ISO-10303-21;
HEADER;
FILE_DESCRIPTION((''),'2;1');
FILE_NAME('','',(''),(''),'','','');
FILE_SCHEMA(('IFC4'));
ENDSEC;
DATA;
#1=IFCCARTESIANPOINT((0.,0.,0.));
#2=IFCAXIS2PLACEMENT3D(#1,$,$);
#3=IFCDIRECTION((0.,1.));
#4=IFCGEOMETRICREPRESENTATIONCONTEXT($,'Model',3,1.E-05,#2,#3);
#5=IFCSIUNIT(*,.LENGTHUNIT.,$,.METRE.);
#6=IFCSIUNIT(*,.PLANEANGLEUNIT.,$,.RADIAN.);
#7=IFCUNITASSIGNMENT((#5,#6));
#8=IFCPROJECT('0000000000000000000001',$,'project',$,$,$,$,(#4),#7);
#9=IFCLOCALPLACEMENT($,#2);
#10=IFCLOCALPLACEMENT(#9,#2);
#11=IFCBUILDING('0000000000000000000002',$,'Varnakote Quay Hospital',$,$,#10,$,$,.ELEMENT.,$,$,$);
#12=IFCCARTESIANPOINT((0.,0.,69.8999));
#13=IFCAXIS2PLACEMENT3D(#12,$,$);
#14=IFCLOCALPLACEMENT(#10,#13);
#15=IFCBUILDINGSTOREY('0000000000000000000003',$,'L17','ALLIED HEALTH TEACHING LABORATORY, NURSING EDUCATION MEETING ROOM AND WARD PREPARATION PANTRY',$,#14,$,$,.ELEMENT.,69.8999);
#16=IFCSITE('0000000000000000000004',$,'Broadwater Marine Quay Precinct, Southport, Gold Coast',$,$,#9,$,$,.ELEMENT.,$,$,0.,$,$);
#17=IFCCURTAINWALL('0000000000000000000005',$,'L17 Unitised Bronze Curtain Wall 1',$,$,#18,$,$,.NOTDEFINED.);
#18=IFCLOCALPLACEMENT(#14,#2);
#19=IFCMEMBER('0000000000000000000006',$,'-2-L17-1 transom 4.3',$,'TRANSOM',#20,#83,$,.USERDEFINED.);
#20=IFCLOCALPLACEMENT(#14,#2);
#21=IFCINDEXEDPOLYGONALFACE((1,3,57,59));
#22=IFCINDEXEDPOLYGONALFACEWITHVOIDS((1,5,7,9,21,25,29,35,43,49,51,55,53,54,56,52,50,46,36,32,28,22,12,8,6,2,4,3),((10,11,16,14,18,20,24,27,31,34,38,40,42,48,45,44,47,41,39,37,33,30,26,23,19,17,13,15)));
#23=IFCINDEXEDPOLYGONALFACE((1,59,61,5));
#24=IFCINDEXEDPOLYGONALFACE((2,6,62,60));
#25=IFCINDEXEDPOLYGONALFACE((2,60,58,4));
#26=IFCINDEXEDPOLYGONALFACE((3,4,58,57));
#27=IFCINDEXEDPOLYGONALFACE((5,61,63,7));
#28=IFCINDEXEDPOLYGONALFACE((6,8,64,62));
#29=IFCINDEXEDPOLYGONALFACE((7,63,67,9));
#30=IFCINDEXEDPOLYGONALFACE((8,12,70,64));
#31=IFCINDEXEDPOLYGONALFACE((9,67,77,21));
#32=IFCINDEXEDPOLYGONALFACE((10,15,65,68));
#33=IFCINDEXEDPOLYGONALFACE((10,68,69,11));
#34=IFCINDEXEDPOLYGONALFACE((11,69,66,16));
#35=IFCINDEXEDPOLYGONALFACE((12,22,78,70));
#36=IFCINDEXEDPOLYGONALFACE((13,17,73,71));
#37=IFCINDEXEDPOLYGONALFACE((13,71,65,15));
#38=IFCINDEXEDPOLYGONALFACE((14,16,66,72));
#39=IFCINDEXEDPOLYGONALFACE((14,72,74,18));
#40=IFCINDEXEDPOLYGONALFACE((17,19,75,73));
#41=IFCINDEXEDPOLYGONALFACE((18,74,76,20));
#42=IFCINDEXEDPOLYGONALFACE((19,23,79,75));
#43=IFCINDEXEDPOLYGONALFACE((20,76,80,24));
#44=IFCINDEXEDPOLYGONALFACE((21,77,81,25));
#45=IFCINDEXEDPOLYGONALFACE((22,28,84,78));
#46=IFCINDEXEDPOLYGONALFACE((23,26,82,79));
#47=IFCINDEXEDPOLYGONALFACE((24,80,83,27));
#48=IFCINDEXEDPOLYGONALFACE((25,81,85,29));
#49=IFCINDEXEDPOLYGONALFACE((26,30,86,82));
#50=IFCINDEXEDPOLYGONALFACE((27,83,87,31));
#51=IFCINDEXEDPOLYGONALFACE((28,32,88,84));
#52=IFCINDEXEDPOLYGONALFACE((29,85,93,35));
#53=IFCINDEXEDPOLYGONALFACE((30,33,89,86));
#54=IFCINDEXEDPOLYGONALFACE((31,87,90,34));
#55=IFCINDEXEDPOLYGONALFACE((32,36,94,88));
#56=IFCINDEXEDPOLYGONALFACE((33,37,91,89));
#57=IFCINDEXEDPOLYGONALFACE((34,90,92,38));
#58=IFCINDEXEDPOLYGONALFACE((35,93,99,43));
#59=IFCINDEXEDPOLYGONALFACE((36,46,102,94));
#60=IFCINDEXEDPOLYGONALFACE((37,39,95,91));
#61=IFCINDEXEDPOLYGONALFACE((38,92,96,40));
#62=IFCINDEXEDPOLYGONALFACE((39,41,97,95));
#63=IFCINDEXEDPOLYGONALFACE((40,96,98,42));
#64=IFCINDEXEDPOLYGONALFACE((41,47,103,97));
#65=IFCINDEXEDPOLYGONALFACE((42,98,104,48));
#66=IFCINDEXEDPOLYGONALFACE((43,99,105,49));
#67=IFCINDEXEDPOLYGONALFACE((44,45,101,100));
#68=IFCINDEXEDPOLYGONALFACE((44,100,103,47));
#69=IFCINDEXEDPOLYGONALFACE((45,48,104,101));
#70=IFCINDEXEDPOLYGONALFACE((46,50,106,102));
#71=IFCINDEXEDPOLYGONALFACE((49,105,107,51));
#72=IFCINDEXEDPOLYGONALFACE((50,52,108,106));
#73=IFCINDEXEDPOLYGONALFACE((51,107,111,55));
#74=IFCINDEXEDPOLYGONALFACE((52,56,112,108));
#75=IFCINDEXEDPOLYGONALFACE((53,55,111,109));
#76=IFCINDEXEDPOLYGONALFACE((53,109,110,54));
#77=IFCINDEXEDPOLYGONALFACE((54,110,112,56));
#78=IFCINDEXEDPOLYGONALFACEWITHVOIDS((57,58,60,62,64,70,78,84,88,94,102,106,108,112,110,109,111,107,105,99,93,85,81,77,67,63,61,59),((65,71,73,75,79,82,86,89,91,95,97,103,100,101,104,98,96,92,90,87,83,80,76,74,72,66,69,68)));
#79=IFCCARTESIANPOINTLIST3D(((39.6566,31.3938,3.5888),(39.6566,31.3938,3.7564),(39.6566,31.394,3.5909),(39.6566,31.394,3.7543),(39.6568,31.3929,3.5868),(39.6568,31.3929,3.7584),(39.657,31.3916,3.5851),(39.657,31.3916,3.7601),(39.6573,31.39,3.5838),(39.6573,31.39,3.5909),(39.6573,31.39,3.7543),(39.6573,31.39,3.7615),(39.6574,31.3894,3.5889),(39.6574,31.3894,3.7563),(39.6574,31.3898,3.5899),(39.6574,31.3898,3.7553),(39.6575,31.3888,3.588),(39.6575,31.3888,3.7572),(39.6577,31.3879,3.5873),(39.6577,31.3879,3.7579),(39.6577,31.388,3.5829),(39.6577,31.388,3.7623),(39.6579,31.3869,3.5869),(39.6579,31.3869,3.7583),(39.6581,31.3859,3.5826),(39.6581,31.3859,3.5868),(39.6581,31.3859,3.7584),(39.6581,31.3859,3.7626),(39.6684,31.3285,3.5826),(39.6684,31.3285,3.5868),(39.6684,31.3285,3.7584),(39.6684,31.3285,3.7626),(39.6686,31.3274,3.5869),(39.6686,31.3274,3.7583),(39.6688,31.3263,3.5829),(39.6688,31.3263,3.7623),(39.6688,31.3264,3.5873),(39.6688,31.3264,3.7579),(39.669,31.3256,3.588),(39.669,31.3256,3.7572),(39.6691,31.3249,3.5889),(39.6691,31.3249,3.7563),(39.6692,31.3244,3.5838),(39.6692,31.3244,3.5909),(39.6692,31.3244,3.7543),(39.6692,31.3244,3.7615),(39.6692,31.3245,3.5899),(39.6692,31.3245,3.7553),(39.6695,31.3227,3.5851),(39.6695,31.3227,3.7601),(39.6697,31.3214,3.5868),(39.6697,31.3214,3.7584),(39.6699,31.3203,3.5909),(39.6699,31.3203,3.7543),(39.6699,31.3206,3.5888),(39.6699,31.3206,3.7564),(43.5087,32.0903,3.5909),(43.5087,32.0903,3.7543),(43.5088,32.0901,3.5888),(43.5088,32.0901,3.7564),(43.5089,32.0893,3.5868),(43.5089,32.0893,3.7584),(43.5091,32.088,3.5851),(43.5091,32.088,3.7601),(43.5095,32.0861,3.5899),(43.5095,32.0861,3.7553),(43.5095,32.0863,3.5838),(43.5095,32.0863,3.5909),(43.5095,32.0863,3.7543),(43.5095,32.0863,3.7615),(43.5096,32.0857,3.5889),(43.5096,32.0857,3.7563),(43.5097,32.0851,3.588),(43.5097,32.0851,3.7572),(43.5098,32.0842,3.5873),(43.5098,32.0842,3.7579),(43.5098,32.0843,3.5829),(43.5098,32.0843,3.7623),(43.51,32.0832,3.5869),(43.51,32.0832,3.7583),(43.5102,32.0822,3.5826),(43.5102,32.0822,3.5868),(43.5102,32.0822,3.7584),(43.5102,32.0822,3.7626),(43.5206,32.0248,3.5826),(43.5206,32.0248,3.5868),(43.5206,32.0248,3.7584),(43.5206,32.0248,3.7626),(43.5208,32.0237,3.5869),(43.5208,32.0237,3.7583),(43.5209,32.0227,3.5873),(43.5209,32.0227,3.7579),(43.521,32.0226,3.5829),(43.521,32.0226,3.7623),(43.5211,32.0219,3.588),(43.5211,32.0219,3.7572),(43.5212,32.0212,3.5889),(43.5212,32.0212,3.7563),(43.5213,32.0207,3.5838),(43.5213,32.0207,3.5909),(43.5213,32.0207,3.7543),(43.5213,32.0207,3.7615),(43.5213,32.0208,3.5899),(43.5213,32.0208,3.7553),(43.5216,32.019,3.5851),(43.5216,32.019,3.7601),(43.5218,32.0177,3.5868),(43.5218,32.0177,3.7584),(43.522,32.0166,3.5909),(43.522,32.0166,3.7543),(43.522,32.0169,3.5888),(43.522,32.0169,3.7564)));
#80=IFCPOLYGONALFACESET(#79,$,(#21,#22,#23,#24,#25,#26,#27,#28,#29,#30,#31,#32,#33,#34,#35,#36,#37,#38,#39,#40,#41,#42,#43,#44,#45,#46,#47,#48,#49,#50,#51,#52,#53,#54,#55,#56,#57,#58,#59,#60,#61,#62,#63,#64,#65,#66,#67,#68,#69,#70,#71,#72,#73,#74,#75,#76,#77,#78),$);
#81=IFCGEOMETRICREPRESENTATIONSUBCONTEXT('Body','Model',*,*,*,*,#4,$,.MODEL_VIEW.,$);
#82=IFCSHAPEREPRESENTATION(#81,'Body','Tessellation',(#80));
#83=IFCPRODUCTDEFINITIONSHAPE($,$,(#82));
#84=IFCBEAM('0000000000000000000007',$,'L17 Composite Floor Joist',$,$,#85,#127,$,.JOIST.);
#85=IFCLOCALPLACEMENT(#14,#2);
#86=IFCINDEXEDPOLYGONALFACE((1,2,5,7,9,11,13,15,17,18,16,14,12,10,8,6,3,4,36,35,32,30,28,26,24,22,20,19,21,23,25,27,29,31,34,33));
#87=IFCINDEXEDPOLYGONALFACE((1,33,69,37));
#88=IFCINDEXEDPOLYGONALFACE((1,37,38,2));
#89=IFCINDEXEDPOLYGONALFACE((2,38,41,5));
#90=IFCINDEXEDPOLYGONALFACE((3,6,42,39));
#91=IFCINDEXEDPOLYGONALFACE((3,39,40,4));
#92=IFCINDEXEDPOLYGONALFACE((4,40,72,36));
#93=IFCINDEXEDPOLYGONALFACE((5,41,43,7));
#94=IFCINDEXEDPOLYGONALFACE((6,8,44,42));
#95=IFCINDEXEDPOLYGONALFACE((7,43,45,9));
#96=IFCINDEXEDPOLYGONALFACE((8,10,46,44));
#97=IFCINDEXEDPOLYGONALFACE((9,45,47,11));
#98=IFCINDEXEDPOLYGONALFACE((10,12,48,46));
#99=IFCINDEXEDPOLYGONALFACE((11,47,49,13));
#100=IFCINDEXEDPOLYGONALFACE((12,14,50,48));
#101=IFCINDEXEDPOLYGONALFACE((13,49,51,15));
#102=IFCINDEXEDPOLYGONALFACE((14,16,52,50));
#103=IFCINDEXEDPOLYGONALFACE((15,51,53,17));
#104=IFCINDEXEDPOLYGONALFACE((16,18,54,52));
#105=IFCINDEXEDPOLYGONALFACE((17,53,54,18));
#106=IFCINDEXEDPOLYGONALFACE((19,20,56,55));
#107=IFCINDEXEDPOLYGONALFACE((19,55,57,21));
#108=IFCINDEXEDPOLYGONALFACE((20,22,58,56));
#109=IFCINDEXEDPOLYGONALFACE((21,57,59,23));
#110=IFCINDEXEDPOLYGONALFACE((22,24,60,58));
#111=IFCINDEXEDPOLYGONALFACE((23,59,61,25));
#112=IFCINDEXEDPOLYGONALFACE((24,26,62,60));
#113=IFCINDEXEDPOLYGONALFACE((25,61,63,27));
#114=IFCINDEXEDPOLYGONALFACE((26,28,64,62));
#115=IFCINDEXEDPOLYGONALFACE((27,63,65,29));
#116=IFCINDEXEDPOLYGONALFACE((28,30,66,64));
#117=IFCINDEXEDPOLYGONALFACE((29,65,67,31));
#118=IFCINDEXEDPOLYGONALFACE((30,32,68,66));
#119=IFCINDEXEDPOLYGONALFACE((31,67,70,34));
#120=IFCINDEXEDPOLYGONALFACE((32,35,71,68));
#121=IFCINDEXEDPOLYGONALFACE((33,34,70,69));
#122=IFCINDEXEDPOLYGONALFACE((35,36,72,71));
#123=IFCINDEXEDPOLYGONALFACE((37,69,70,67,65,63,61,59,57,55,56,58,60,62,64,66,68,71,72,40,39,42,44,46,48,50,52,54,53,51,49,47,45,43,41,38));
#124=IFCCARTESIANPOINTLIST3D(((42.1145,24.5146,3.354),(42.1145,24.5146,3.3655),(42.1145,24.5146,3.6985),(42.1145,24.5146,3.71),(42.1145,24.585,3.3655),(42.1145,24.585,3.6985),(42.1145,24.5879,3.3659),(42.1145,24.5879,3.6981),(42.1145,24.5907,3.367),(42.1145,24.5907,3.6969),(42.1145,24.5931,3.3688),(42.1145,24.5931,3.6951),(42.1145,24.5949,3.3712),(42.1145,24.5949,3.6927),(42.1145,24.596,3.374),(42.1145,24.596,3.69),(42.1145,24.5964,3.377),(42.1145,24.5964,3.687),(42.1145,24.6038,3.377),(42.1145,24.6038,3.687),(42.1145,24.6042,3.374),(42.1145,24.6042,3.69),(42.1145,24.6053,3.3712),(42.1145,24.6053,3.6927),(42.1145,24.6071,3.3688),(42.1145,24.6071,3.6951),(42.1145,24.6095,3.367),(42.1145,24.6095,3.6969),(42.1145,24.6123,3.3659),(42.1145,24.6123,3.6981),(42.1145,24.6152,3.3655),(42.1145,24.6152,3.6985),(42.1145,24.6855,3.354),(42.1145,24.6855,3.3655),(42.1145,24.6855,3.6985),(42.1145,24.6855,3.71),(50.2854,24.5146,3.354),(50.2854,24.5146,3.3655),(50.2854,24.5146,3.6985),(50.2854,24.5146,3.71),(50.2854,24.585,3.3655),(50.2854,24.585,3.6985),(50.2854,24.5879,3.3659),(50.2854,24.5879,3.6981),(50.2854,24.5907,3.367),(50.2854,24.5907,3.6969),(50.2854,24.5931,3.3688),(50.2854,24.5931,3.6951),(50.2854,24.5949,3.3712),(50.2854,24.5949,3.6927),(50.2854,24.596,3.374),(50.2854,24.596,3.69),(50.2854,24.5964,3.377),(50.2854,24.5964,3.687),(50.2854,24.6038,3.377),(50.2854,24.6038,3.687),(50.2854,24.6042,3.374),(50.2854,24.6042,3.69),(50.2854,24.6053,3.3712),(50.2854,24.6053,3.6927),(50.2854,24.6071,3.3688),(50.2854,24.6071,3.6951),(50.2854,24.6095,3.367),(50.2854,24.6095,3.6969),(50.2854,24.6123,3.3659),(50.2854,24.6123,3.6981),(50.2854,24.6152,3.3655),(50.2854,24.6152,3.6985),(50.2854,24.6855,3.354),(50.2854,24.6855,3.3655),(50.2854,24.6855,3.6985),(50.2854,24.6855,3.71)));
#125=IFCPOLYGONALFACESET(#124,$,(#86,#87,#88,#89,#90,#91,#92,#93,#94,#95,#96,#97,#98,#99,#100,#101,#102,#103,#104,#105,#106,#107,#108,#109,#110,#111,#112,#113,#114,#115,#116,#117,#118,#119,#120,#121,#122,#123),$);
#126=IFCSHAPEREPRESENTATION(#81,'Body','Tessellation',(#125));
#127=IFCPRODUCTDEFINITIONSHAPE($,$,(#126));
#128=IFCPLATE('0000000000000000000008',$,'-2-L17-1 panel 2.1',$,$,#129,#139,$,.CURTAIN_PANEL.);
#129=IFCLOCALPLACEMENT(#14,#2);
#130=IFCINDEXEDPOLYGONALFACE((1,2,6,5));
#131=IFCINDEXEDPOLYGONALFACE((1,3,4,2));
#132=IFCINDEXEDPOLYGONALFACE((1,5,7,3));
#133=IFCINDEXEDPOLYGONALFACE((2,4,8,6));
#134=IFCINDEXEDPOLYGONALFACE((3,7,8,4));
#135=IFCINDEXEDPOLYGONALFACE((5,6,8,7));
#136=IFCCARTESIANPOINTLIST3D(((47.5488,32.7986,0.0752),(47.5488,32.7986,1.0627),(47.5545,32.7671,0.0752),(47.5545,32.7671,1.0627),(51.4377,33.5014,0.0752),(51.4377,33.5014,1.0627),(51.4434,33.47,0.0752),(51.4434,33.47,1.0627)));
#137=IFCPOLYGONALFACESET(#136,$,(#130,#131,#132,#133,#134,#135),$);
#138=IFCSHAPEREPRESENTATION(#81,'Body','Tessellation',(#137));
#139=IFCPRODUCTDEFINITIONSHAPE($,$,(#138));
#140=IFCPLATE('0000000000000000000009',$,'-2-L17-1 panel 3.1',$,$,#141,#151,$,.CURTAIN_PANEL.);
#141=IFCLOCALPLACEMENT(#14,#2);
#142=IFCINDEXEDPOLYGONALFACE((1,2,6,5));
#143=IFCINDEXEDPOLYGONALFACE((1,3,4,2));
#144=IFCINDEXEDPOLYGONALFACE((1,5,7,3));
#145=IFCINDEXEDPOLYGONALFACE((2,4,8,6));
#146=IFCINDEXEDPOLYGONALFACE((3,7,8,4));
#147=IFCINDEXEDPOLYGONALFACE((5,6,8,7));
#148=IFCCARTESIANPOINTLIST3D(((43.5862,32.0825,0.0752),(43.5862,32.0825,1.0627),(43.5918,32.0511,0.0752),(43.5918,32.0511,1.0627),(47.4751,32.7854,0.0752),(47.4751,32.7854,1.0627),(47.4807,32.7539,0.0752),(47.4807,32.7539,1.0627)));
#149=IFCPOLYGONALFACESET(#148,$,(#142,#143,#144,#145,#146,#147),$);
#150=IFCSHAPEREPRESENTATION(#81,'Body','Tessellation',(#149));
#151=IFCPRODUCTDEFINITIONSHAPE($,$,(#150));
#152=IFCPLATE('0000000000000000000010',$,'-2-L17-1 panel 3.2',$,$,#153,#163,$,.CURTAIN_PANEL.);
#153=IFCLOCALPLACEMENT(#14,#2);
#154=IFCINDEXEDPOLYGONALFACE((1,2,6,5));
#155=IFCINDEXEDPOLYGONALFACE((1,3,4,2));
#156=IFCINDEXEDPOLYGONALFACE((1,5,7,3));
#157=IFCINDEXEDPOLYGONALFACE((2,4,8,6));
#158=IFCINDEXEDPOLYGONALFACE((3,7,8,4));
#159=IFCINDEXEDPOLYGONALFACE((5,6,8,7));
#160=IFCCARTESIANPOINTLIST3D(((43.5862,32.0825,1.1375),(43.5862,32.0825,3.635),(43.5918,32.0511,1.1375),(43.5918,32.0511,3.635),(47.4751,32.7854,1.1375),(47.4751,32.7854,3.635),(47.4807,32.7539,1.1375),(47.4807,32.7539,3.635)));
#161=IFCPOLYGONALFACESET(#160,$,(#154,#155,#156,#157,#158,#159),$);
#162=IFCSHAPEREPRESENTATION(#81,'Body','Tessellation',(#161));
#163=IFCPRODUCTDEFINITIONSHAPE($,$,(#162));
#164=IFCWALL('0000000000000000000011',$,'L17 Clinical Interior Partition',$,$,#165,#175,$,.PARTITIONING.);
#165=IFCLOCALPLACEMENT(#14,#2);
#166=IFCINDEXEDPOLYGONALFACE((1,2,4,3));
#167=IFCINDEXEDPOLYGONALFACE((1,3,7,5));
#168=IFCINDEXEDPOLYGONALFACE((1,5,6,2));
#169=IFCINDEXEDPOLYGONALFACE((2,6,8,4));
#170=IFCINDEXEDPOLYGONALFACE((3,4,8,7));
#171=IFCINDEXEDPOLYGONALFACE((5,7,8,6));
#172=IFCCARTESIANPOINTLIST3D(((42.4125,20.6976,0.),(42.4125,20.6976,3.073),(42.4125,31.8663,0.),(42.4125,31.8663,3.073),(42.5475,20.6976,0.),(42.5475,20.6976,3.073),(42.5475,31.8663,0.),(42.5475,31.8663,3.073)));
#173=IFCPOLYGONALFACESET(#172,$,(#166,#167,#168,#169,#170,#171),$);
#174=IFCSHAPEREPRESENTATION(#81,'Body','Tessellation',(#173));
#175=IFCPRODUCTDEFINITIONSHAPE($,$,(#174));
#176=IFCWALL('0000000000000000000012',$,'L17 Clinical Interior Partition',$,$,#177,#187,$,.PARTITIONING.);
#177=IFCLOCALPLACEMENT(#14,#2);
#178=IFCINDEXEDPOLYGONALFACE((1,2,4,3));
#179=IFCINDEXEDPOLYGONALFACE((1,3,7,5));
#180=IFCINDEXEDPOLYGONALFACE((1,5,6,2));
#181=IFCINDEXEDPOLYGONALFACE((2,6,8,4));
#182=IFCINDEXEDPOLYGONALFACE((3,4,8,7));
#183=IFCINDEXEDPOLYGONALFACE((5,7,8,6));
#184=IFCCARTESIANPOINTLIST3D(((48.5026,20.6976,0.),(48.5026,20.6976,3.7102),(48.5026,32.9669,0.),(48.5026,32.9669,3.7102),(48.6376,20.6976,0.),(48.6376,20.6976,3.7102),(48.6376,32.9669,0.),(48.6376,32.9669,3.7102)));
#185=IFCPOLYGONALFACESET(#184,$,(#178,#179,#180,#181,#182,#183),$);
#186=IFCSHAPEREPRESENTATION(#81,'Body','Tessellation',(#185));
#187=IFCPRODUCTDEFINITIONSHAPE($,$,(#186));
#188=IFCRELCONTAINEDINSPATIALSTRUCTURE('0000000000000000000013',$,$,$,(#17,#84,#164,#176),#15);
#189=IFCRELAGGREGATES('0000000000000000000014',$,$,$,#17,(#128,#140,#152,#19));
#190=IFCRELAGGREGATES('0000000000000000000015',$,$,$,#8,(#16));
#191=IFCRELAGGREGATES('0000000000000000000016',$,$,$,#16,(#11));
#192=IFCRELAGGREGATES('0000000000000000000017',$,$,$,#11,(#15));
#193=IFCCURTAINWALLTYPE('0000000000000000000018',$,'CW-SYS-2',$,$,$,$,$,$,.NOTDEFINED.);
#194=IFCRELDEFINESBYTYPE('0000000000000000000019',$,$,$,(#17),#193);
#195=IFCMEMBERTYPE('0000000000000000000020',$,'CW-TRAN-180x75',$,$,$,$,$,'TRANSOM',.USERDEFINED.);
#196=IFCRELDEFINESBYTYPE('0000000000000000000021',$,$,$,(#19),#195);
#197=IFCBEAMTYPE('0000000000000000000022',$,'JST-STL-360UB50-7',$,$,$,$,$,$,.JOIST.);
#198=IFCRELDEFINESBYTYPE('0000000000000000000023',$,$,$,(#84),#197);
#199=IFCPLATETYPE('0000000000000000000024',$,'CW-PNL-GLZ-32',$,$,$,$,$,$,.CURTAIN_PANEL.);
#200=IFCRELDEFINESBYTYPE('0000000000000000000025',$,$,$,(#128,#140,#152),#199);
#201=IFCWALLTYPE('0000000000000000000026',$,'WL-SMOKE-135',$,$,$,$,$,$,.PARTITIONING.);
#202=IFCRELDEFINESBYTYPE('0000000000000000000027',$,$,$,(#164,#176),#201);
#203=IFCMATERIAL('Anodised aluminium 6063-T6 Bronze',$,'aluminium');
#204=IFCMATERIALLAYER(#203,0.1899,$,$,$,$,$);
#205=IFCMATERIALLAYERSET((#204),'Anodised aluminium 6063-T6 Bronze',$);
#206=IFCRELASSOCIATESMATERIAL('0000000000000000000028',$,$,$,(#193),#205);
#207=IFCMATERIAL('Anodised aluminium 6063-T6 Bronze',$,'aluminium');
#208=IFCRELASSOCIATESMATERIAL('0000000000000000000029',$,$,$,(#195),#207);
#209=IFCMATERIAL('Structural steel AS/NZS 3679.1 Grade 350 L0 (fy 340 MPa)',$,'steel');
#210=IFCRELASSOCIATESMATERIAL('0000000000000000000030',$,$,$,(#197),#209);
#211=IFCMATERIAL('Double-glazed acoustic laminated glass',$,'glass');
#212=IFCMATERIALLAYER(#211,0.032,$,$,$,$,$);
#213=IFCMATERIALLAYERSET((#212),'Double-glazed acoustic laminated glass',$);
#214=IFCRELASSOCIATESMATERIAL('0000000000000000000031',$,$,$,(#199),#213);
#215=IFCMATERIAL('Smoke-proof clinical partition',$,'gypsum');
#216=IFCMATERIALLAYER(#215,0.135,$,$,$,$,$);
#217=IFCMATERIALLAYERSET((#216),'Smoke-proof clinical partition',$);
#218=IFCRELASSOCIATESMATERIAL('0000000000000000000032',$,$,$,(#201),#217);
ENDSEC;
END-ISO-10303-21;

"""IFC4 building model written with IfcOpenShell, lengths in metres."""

from ifc_helpers import new_model, si_unit, direction, frame, frame_2d, origin, origin_2d, place, context, subcontext, project, spatial, rectangle, hollow_rectangle, i_section, extrude, material, layer, layer_set, material_profile, profile_set, type_object, element, aggregate, save


model = new_model("IFC4")

# Units and contexts
model_context = context("Model", 3, precision=1e-05, world=origin(), true_north=direction((0.0, 1.0)))
body_context = subcontext(model_context, "Body", "Model", "MODEL_VIEW")
ifc_project = project(units=[si_unit("LENGTHUNIT", "METRE"), si_unit("PLANEANGLEUNIT", "RADIAN")], contexts=[model_context])

# Site, building, storey
site_placement = place(None, origin())
site = spatial("IfcSite", under=ifc_project, at=site_placement, Name="Broadwater Marine Quay Precinct, Southport, Gold Coast", CompositionType="ELEMENT", RefElevation=0.0)
building_placement = place(site_placement, origin())
building = spatial("IfcBuilding", under=site, at=building_placement, Name="Varnakote Quay Hospital", CompositionType="ELEMENT")
storey_placement = place(building_placement, frame((0.0, 0.0, 69.8999)))
storey = spatial("IfcBuildingStorey", under=building, at=storey_placement, Name="L17", Description="ALLIED HEALTH TEACHING LABORATORY, NURSING EDUCATION MEETING ROOM AND WARD PREPARATION PANTRY", CompositionType="ELEMENT", Elevation=69.8999)

# Curtain wall, member
ifc_material_1 = material(Name="Anodised aluminium 6063-T6 Bronze", Category="aluminium")
ifc_layer_1 = layer(ifc_material_1, 0.1899)
ifc_layer_set_1 = layer_set([ifc_layer_1], Name="Anodised aluminium 6063-T6 Bronze")
curtain_wall_type = type_object("IfcCurtainWallType", Name="CW-SYS-2", PredefinedType="NOTDEFINED", material=ifc_layer_set_1)
curtain_wall_placement = place(storey_placement, origin())
curtain_wall = element("IfcCurtainWall", 1, at=curtain_wall_placement, inside=storey, type_object=curtain_wall_type, Name="L17 Unitised Bronze Curtain Wall 1", PredefinedType="NOTDEFINED")
ifc_material_2 = material(Name="Anodised aluminium 6063-T6 Bronze", Category="aluminium")
ifc_material_profile_1 = material_profile(ifc_material_2, hollow_rectangle(XDim=0.075, YDim=0.1799, WallThickness=0.0042, InnerFilletRadius=0.0042, OuterFilletRadius=0.0083, at=origin_2d()), Name="CW-TRAN-180x75")
ifc_profile_set_1 = profile_set([ifc_material_profile_1], Name="Anodised aluminium 6063-T6 Bronze")
member_type_1 = type_object("IfcMemberType", Name="CW-TRAN-180x75", ElementType="TRANSOM", PredefinedType="USERDEFINED", material=ifc_profile_set_1)
member_1_placement = place(storey_placement, frame((43.5154, 32.0535, 3.6726), z_axis=(-0.984053, -0.177875, 0.0), x_axis=(0.177875, -0.984053, 0.0)))
member_1 = element("IfcMember", 2, at=member_1_placement, type_object=member_type_1, Name="-2-L17-1 transom 4.3", ObjectType="TRANSOM", PredefinedType="USERDEFINED", context=body_context, shape_type="SweptSolid", body=[
    extrude(hollow_rectangle(XDim=0.075, YDim=0.1799, WallThickness=0.0042, InnerFilletRadius=0.0042, OuterFilletRadius=0.0083, at=origin_2d()), origin(), (0.0, 0.0, 1.0), 3.9146),
])

# Beam
ifc_material_3 = material(Name="Structural steel AS/NZS 3679.1 Grade 350 L0 (fy 340 MPa)", Category="steel")
ifc_material_profile_2 = material_profile(ifc_material_3, i_section(OverallWidth=0.1709, OverallDepth=0.356, WebThickness=0.0073, FlangeThickness=0.0115, FilletRadius=0.0115, at=origin_2d()), Name="360UB50.7")
ifc_profile_set_2 = profile_set([ifc_material_profile_2], Name="Structural steel AS/NZS 3679.1 Grade 350 L0 (fy 340 MPa)")
beam_type_1 = type_object("IfcBeamType", Name="JST-STL-360UB50-7", PredefinedType="JOIST", material=ifc_profile_set_2)
beam_1_placement = place(storey_placement, frame((42.1145, 24.6001, 3.532), z_axis=(1.0, 0.0, 0.0), x_axis=(0.0, 1.0, 0.0)))
element("IfcBeam", 3, at=beam_1_placement, inside=storey, type_object=beam_type_1, Name="L17 Composite Floor Joist", PredefinedType="JOIST", context=body_context, shape_type="SweptSolid", body=[
    extrude(i_section(OverallWidth=0.1709, OverallDepth=0.356, WebThickness=0.0073, FlangeThickness=0.0115, FilletRadius=0.0115, at=origin_2d()), origin(), (0.0, 0.0, 1.0), 8.1709),
])

# Plates
ifc_material_4 = material(Name="Double-glazed acoustic laminated glass", Category="glass")
ifc_layer_2 = layer(ifc_material_4, 0.032)
ifc_layer_set_2 = layer_set([ifc_layer_2], Name="Double-glazed acoustic laminated glass")
plate_type = type_object("IfcPlateType", Name="CW-PNL-GLZ-32", PredefinedType="CURTAIN_PANEL", material=ifc_layer_set_2)
plate_1_placement = place(storey_placement, frame((49.4961, 33.1343, 0.0752), z_axis=(0.0, 0.0, 1.0), x_axis=(-0.984058, -0.177846, 0.0)))
plate_1 = element("IfcPlate", 4, at=plate_1_placement, type_object=plate_type, Name="-2-L17-1 panel 2.1", PredefinedType="CURTAIN_PANEL", context=body_context, shape_type="SweptSolid", body=[
    extrude(rectangle(XDim=3.9519, YDim=0.032, at=origin_2d()), origin(), (0.0, 0.0, 1.0), 0.9875),
])
plate_2_placement = place(storey_placement, frame((45.5334, 32.4182, 0.0752), z_axis=(0.0, 0.0, 1.0), x_axis=(-0.984058, -0.177846, 0.0)))
plate_2 = element("IfcPlate", 5, at=plate_2_placement, type_object=plate_type, Name="-2-L17-1 panel 3.1", PredefinedType="CURTAIN_PANEL", context=body_context, shape_type="SweptSolid", body=[
    extrude(rectangle(XDim=3.9519, YDim=0.032, at=origin_2d()), origin(), (0.0, 0.0, 1.0), 0.9875),
])
plate_3_placement = place(storey_placement, frame((45.5334, 32.4182, 1.1375), z_axis=(0.0, 0.0, 1.0), x_axis=(-0.984058, -0.177846, 0.0)))
plate_3 = element("IfcPlate", 6, at=plate_3_placement, type_object=plate_type, Name="-2-L17-1 panel 3.2", PredefinedType="CURTAIN_PANEL", context=body_context, shape_type="SweptSolid", body=[
    extrude(rectangle(XDim=3.9519, YDim=0.032, at=origin_2d()), origin(), (0.0, 0.0, 1.0), 2.4976),
])
aggregate(curtain_wall, [plate_1, plate_2, plate_3, member_1])

# Walls
ifc_material_5 = material(Name="Smoke-proof clinical partition", Category="gypsum")
ifc_layer_3 = layer(ifc_material_5, 0.135)
ifc_layer_set_3 = layer_set([ifc_layer_3], Name="Smoke-proof clinical partition")
wall_type = type_object("IfcWallType", Name="WL-SMOKE-135", PredefinedType="PARTITIONING", material=ifc_layer_set_3)
wall_1_placement = place(storey_placement, frame((42.48, 20.6975, 0.0), z_axis=(0.0, 0.0, 1.0), x_axis=(0.0, 1.0, 0.0)))
element("IfcWall", 7, at=wall_1_placement, inside=storey, type_object=wall_type, Name="L17 Clinical Interior Partition", PredefinedType="PARTITIONING", context=body_context, shape_type="SweptSolid", body=[
    extrude(rectangle(XDim=11.1687, YDim=0.135, at=frame_2d((5.5845, 0.0))), origin(), (0.0, 0.0, 1.0), 3.073),
])
wall_2_placement = place(storey_placement, frame((48.5701, 20.6975, 0.0), z_axis=(0.0, 0.0, 1.0), x_axis=(0.0, 1.0, 0.0)))
element("IfcWall", 8, at=wall_2_placement, inside=storey, type_object=wall_type, Name="L17 Clinical Interior Partition", PredefinedType="PARTITIONING", context=body_context, shape_type="SweptSolid", body=[
    extrude(rectangle(XDim=12.2693, YDim=0.135, at=frame_2d((6.1348, 0.0))), origin(), (0.0, 0.0, 1.0), 3.7102),
])

save(model, "model.ifc")
